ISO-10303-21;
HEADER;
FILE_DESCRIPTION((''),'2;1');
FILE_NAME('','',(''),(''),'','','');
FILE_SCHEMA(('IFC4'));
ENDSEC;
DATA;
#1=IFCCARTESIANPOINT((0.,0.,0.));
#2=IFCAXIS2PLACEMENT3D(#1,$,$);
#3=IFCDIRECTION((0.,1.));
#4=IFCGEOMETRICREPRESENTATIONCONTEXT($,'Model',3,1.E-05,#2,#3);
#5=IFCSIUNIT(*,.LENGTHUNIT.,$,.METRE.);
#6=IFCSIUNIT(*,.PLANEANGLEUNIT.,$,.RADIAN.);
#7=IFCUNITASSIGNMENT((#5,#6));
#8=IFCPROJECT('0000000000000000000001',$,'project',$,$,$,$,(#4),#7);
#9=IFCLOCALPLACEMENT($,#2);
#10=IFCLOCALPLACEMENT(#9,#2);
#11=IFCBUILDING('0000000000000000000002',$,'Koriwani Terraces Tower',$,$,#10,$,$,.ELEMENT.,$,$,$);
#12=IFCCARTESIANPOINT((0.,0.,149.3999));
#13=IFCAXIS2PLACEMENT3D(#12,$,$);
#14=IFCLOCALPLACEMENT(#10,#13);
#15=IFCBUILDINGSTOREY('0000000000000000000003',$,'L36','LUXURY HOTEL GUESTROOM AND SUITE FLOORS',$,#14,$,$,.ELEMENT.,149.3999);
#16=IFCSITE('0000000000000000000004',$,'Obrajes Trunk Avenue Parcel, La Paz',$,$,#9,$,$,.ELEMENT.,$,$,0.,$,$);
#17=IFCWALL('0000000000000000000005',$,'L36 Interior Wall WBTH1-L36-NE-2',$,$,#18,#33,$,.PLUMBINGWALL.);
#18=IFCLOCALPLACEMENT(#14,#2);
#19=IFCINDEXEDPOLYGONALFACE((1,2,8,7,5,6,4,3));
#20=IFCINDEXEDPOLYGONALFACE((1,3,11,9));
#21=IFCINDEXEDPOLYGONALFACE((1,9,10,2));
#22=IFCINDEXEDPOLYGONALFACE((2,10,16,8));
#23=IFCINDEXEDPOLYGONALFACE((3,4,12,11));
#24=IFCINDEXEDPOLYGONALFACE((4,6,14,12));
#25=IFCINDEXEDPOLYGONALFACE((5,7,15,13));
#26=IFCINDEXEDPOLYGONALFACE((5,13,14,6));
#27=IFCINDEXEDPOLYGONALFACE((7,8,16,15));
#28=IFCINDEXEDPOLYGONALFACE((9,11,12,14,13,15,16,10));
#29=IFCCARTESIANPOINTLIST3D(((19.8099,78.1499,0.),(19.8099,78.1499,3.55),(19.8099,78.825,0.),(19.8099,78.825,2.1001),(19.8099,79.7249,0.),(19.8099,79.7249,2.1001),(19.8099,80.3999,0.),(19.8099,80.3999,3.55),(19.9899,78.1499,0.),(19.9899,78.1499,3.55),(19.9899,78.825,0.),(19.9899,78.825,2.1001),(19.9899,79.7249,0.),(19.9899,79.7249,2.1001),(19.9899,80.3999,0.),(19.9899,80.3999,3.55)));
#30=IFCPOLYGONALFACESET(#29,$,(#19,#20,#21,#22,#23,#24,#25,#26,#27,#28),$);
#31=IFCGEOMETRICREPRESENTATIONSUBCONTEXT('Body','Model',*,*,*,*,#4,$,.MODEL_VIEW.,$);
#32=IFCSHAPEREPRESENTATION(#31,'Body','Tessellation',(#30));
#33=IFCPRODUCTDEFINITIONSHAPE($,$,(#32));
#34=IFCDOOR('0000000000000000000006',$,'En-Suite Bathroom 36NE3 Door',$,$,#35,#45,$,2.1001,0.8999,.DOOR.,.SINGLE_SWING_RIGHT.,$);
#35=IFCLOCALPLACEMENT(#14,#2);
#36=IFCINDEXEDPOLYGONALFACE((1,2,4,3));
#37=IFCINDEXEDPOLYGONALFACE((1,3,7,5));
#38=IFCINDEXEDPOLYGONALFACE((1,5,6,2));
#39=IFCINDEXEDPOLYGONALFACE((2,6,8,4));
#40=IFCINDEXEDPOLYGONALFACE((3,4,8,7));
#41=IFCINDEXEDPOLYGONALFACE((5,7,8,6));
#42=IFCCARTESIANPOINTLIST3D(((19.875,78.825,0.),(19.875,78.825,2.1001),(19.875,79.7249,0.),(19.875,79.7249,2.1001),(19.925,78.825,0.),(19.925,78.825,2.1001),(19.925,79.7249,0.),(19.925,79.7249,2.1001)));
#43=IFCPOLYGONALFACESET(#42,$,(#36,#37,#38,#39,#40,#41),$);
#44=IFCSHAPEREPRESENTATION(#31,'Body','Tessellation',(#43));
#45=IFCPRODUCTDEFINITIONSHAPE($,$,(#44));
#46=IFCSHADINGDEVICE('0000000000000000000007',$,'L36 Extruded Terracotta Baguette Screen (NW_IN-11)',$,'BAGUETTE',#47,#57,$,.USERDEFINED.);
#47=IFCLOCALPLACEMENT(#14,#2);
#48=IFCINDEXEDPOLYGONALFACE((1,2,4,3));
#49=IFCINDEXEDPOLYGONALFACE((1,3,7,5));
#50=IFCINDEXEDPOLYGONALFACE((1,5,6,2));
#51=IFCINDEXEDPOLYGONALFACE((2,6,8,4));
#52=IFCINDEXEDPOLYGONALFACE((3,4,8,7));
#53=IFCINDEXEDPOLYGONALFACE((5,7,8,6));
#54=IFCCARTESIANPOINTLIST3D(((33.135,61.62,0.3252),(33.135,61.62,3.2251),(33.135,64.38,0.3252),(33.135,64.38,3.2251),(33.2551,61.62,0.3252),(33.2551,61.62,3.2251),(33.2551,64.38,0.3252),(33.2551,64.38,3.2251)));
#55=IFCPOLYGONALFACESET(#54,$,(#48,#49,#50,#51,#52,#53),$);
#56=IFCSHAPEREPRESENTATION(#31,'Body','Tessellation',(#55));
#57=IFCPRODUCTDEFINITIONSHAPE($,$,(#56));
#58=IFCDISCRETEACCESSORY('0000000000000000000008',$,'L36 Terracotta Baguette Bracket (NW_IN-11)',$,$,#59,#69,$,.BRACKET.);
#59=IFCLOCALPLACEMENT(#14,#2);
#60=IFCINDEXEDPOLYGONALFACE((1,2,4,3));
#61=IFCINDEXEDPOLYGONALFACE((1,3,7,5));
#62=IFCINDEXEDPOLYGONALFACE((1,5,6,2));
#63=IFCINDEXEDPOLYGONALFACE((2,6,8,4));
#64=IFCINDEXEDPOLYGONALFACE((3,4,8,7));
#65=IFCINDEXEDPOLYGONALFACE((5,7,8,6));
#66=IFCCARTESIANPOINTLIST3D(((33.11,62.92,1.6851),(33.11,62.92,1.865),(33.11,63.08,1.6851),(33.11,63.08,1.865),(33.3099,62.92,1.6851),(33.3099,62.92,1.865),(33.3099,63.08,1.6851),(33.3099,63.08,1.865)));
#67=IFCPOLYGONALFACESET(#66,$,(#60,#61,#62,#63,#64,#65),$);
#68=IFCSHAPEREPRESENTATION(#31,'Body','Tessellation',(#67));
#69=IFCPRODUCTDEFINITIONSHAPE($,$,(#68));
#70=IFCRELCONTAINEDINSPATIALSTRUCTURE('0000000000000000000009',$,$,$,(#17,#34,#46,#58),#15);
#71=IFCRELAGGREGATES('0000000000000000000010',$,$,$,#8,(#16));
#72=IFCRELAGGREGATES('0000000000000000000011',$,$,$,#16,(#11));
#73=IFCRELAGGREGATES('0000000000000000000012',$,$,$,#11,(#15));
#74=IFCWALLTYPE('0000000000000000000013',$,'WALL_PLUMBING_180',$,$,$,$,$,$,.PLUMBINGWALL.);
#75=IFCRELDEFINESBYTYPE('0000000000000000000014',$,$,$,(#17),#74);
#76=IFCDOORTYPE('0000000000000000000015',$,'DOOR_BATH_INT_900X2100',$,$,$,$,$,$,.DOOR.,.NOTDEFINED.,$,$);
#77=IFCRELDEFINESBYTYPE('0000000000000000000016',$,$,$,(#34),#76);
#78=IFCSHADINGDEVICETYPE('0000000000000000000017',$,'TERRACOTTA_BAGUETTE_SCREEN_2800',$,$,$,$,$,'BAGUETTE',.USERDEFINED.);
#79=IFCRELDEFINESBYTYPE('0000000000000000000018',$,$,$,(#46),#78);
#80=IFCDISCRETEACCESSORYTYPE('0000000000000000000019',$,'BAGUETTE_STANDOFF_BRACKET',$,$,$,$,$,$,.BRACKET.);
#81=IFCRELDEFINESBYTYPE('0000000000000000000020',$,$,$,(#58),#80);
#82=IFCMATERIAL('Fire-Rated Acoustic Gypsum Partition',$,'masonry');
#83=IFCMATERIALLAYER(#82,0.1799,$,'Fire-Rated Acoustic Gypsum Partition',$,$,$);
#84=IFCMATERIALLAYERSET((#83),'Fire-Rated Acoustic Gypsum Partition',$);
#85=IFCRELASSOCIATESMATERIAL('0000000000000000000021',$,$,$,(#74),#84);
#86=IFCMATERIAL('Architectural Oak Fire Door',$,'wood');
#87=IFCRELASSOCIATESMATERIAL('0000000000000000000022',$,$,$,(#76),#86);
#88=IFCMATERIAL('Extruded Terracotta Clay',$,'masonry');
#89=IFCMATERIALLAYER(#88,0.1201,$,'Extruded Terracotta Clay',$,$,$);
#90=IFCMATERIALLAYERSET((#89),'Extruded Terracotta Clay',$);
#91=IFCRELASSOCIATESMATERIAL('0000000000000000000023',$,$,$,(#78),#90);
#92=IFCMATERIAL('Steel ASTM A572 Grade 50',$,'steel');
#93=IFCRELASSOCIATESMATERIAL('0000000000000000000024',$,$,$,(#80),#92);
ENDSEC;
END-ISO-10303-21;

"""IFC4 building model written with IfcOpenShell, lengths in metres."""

from ifc_helpers import new_model, si_unit, direction, frame, frame_2d, origin, origin_2d, place, context, subcontext, project, spatial, rectangle, extrude, material, layer, layer_set, type_object, element, fill, save


model = new_model("IFC4")

# Units and contexts
model_context = context("Model", 3, precision=1e-05, world=origin(), true_north=direction((0.0, 1.0)))
body_context = subcontext(model_context, "Body", "Model", "MODEL_VIEW")
ifc_project = project(units=[si_unit("LENGTHUNIT", "METRE"), si_unit("PLANEANGLEUNIT", "RADIAN")], contexts=[model_context])

# Site, building, storey
site_placement = place(None, origin())
site = spatial("IfcSite", under=ifc_project, at=site_placement, Name="Obrajes Trunk Avenue Parcel, La Paz", CompositionType="ELEMENT", RefElevation=0.0)
building_placement = place(site_placement, origin())
building = spatial("IfcBuilding", under=site, at=building_placement, Name="Koriwani Terraces Tower", CompositionType="ELEMENT")
storey_placement = place(building_placement, frame((0.0, 0.0, 149.3999)))
storey = spatial("IfcBuildingStorey", under=building, at=storey_placement, Name="L36", Description="LUXURY HOTEL GUESTROOM AND SUITE FLOORS", CompositionType="ELEMENT", Elevation=149.3999)

# Shared definitions
ifc_material_1 = material(Name="Steel ASTM A572 Grade 50", Category="steel")

# Shared definitions
ifc_material_2 = material(Name="Fire-Rated Acoustic Gypsum Partition", Category="masonry")
ifc_layer_1 = layer(ifc_material_2, 0.1799, Name="Fire-Rated Acoustic Gypsum Partition")
ifc_layer_set_1 = layer_set([ifc_layer_1], Name="Fire-Rated Acoustic Gypsum Partition")
wall_type = type_object("IfcWallType", Name="WALL_PLUMBING_180", PredefinedType="PLUMBINGWALL", material=ifc_layer_set_1)

# Shared definitions
ifc_material_3 = material(Name="Architectural Oak Fire Door", Category="wood")
door_type = type_object("IfcDoorType", Name="DOOR_BATH_INT_900X2100", OperationType="NOTDEFINED", PredefinedType="DOOR", material=ifc_material_3)

# Wall, opening, door
wall_1_placement = place(storey_placement, frame((19.8999, 78.1499, 0.0), z_axis=(0.0, 0.0, 1.0), x_axis=(0.0, 1.0, 0.0)))
wall_1 = element("IfcWall", 1, at=wall_1_placement, inside=storey, type_object=wall_type, Name="L36 Interior Wall WBTH1-L36-NE-2", PredefinedType="PLUMBINGWALL", context=body_context, shape_type="SweptSolid", body=[
    extrude(rectangle(XDim=2.25, YDim=0.1799, at=frame_2d((1.125, 0.0))), origin(), (0.0, 0.0, 1.0), 3.55),
])
opening_1_placement = place(wall_1_placement, frame((0.675, 0.0, 0.0)))
opening_1 = element("IfcOpeningElement", 2, at=opening_1_placement, cuts=wall_1, PredefinedType="OPENING", context=body_context, shape_type="SweptSolid", body=[
    extrude(rectangle(XDim=0.8999, YDim=2.1001, at=frame_2d((0.45, 1.05))), frame((0.0, 0.1001, 0.0), z_axis=(0.0, -1.0, 0.0), x_axis=(1.0, 0.0, 0.0)), (0.0, 0.0, 1.0), 0.2),
])
door_1_placement = place(opening_1_placement, origin())
door_1 = element("IfcDoor", 3, at=door_1_placement, inside=storey, type_object=door_type, Name="En-Suite Bathroom 36NE3 Door", OperationType="SINGLE_SWING_RIGHT", OverallHeight=2.1001, OverallWidth=0.8999, PredefinedType="DOOR", context=body_context, shape_type="SweptSolid", body=[
    extrude(rectangle(XDim=0.8999, YDim=2.1001, at=frame_2d((0.45, 1.05))), frame((0.0, 0.0249, 0.0), z_axis=(0.0, -1.0, 0.0), x_axis=(1.0, 0.0, 0.0)), (0.0, 0.0, 1.0), 0.05),
])
fill(opening_1, door_1)

# Shading device
ifc_material_4 = material(Name="Extruded Terracotta Clay", Category="masonry")
ifc_layer_2 = layer(ifc_material_4, 0.1201, Name="Extruded Terracotta Clay")
ifc_layer_set_2 = layer_set([ifc_layer_2], Name="Extruded Terracotta Clay")
shading_device_type = type_object("IfcShadingDeviceType", Name="TERRACOTTA_BAGUETTE_SCREEN_2800", ElementType="BAGUETTE", PredefinedType="USERDEFINED", material=ifc_layer_set_2)
shading_device_placement = place(storey_placement, frame((33.1951, 63.0, 0.3252), z_axis=(0.0, 0.0, 1.0), x_axis=(0.0, -1.0, 0.0)))
element("IfcShadingDevice", 4, at=shading_device_placement, inside=storey, type_object=shading_device_type, Name="L36 Extruded Terracotta Baguette Screen (NW_IN-11)", ObjectType="BAGUETTE", PredefinedType="USERDEFINED", context=body_context, shape_type="SweptSolid", body=[
    extrude(rectangle(XDim=2.76, YDim=0.1201, at=origin_2d()), origin(), (0.0, 0.0, 1.0), 2.8999),
])

# Discrete accessory
discrete_accessory_type = type_object("IfcDiscreteAccessoryType", Name="BAGUETTE_STANDOFF_BRACKET", PredefinedType="BRACKET", material=ifc_material_1)
discrete_accessory_placement = place(storey_placement, frame((33.21, 63.0, 1.6851), z_axis=(0.0, 0.0, 1.0), x_axis=(0.0, -1.0, 0.0)))
element("IfcDiscreteAccessory", 5, at=discrete_accessory_placement, inside=storey, type_object=discrete_accessory_type, Name="L36 Terracotta Baguette Bracket (NW_IN-11)", PredefinedType="BRACKET", context=body_context, shape_type="SweptSolid", body=[
    extrude(rectangle(XDim=0.1599, YDim=0.2, at=origin_2d()), origin(), (0.0, 0.0, 1.0), 0.1799),
])

save(model, "model.ifc")
